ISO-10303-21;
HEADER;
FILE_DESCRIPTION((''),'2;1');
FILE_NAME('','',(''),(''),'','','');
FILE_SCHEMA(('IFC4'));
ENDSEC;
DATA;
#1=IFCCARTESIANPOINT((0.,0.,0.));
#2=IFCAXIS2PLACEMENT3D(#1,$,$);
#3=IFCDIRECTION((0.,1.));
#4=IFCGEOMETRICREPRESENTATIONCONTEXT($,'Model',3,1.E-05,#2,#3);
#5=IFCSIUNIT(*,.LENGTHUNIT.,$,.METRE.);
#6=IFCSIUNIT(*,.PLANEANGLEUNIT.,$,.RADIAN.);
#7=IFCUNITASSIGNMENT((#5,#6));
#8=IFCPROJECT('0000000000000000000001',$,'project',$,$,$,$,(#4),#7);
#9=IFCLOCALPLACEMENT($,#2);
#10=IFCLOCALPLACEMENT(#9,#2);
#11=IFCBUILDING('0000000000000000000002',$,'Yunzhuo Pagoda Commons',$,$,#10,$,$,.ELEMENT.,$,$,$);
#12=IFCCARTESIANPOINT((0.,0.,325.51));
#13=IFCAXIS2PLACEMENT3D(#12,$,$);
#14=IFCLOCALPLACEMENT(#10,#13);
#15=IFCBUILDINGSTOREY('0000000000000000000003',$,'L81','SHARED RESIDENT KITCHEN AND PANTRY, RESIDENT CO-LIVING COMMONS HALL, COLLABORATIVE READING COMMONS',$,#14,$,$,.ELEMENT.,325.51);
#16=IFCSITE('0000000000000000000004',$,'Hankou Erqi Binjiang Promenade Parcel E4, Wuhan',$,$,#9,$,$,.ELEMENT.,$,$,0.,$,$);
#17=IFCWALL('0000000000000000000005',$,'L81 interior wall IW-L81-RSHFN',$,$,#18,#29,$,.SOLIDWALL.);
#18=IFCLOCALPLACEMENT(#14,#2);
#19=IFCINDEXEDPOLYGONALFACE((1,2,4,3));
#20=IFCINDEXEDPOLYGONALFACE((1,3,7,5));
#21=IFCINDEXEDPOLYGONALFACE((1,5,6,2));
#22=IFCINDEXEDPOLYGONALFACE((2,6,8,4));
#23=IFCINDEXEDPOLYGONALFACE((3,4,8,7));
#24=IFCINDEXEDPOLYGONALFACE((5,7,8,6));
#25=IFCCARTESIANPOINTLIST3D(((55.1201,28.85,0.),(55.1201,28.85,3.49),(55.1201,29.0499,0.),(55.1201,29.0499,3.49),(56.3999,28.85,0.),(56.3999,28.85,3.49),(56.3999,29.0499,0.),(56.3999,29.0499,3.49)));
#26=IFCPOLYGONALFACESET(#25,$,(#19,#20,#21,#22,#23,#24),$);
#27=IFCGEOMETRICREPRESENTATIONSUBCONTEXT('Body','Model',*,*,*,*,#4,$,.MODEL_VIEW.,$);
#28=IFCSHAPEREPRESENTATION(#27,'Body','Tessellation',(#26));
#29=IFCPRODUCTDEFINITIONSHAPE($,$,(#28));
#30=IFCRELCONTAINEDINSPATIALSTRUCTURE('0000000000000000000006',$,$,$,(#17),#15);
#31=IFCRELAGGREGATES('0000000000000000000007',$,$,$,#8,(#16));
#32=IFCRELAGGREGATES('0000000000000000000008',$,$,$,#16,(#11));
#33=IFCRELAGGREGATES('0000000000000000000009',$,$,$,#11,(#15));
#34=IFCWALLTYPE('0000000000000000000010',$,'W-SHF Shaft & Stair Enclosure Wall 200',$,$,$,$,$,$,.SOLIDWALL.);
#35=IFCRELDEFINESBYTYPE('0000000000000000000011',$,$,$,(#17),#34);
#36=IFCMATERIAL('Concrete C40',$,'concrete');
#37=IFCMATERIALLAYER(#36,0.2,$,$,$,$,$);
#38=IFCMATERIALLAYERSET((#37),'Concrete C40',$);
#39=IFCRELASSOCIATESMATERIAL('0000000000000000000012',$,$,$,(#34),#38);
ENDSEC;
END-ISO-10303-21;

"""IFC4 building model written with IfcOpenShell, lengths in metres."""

from ifc_helpers import new_model, si_unit, direction, frame, frame_2d, origin, place, context, subcontext, project, spatial, rectangle, extrude, material, layer, layer_set, type_object, element, save


model = new_model("IFC4")

# Units and contexts
model_context = context("Model", 3, precision=1e-05, world=origin(), true_north=direction((0.0, 1.0)))
body_context = subcontext(model_context, "Body", "Model", "MODEL_VIEW")
ifc_project = project(units=[si_unit("LENGTHUNIT", "METRE"), si_unit("PLANEANGLEUNIT", "RADIAN")], contexts=[model_context])

# Site, building, storey
site_placement = place(None, origin())
site = spatial("IfcSite", under=ifc_project, at=site_placement, Name="Hankou Erqi Binjiang Promenade Parcel E4, Wuhan", CompositionType="ELEMENT", RefElevation=0.0)
building_placement = place(site_placement, origin())
building = spatial("IfcBuilding", under=site, at=building_placement, Name="Yunzhuo Pagoda Commons", CompositionType="ELEMENT")
storey_placement = place(building_placement, frame((0.0, 0.0, 325.51)))
storey = spatial("IfcBuildingStorey", under=building, at=storey_placement, Name="L81", Description="SHARED RESIDENT KITCHEN AND PANTRY, RESIDENT CO-LIVING COMMONS HALL, COLLABORATIVE READING COMMONS", CompositionType="ELEMENT", Elevation=325.51)

# Shared definitions
ifc_material_1 = material(Name="Concrete C40", Category="concrete")
ifc_layer_1 = layer(ifc_material_1, 0.2)
ifc_layer_set_1 = layer_set([ifc_layer_1], Name="Concrete C40")
wall_type_1 = type_object("IfcWallType", Name="W-SHF Shaft & Stair Enclosure Wall 200", PredefinedType="SOLIDWALL", material=ifc_layer_set_1)

# Wall
wall_1_placement = place(storey_placement, frame((55.1201, 28.95, 0.0), z_axis=(0.0, 0.0, 1.0), x_axis=(1.0, 0.0, 0.0)))
element("IfcWall", 1, at=wall_1_placement, inside=storey, type_object=wall_type_1, Name="L81 interior wall IW-L81-RSHFN", PredefinedType="SOLIDWALL", context=body_context, shape_type="SweptSolid", body=[
    extrude(rectangle(XDim=1.2798, YDim=0.2, at=frame_2d((0.6399, 0.0))), origin(), (0.0, 0.0, 1.0), 3.49),
])

save(model, "model.ifc")
